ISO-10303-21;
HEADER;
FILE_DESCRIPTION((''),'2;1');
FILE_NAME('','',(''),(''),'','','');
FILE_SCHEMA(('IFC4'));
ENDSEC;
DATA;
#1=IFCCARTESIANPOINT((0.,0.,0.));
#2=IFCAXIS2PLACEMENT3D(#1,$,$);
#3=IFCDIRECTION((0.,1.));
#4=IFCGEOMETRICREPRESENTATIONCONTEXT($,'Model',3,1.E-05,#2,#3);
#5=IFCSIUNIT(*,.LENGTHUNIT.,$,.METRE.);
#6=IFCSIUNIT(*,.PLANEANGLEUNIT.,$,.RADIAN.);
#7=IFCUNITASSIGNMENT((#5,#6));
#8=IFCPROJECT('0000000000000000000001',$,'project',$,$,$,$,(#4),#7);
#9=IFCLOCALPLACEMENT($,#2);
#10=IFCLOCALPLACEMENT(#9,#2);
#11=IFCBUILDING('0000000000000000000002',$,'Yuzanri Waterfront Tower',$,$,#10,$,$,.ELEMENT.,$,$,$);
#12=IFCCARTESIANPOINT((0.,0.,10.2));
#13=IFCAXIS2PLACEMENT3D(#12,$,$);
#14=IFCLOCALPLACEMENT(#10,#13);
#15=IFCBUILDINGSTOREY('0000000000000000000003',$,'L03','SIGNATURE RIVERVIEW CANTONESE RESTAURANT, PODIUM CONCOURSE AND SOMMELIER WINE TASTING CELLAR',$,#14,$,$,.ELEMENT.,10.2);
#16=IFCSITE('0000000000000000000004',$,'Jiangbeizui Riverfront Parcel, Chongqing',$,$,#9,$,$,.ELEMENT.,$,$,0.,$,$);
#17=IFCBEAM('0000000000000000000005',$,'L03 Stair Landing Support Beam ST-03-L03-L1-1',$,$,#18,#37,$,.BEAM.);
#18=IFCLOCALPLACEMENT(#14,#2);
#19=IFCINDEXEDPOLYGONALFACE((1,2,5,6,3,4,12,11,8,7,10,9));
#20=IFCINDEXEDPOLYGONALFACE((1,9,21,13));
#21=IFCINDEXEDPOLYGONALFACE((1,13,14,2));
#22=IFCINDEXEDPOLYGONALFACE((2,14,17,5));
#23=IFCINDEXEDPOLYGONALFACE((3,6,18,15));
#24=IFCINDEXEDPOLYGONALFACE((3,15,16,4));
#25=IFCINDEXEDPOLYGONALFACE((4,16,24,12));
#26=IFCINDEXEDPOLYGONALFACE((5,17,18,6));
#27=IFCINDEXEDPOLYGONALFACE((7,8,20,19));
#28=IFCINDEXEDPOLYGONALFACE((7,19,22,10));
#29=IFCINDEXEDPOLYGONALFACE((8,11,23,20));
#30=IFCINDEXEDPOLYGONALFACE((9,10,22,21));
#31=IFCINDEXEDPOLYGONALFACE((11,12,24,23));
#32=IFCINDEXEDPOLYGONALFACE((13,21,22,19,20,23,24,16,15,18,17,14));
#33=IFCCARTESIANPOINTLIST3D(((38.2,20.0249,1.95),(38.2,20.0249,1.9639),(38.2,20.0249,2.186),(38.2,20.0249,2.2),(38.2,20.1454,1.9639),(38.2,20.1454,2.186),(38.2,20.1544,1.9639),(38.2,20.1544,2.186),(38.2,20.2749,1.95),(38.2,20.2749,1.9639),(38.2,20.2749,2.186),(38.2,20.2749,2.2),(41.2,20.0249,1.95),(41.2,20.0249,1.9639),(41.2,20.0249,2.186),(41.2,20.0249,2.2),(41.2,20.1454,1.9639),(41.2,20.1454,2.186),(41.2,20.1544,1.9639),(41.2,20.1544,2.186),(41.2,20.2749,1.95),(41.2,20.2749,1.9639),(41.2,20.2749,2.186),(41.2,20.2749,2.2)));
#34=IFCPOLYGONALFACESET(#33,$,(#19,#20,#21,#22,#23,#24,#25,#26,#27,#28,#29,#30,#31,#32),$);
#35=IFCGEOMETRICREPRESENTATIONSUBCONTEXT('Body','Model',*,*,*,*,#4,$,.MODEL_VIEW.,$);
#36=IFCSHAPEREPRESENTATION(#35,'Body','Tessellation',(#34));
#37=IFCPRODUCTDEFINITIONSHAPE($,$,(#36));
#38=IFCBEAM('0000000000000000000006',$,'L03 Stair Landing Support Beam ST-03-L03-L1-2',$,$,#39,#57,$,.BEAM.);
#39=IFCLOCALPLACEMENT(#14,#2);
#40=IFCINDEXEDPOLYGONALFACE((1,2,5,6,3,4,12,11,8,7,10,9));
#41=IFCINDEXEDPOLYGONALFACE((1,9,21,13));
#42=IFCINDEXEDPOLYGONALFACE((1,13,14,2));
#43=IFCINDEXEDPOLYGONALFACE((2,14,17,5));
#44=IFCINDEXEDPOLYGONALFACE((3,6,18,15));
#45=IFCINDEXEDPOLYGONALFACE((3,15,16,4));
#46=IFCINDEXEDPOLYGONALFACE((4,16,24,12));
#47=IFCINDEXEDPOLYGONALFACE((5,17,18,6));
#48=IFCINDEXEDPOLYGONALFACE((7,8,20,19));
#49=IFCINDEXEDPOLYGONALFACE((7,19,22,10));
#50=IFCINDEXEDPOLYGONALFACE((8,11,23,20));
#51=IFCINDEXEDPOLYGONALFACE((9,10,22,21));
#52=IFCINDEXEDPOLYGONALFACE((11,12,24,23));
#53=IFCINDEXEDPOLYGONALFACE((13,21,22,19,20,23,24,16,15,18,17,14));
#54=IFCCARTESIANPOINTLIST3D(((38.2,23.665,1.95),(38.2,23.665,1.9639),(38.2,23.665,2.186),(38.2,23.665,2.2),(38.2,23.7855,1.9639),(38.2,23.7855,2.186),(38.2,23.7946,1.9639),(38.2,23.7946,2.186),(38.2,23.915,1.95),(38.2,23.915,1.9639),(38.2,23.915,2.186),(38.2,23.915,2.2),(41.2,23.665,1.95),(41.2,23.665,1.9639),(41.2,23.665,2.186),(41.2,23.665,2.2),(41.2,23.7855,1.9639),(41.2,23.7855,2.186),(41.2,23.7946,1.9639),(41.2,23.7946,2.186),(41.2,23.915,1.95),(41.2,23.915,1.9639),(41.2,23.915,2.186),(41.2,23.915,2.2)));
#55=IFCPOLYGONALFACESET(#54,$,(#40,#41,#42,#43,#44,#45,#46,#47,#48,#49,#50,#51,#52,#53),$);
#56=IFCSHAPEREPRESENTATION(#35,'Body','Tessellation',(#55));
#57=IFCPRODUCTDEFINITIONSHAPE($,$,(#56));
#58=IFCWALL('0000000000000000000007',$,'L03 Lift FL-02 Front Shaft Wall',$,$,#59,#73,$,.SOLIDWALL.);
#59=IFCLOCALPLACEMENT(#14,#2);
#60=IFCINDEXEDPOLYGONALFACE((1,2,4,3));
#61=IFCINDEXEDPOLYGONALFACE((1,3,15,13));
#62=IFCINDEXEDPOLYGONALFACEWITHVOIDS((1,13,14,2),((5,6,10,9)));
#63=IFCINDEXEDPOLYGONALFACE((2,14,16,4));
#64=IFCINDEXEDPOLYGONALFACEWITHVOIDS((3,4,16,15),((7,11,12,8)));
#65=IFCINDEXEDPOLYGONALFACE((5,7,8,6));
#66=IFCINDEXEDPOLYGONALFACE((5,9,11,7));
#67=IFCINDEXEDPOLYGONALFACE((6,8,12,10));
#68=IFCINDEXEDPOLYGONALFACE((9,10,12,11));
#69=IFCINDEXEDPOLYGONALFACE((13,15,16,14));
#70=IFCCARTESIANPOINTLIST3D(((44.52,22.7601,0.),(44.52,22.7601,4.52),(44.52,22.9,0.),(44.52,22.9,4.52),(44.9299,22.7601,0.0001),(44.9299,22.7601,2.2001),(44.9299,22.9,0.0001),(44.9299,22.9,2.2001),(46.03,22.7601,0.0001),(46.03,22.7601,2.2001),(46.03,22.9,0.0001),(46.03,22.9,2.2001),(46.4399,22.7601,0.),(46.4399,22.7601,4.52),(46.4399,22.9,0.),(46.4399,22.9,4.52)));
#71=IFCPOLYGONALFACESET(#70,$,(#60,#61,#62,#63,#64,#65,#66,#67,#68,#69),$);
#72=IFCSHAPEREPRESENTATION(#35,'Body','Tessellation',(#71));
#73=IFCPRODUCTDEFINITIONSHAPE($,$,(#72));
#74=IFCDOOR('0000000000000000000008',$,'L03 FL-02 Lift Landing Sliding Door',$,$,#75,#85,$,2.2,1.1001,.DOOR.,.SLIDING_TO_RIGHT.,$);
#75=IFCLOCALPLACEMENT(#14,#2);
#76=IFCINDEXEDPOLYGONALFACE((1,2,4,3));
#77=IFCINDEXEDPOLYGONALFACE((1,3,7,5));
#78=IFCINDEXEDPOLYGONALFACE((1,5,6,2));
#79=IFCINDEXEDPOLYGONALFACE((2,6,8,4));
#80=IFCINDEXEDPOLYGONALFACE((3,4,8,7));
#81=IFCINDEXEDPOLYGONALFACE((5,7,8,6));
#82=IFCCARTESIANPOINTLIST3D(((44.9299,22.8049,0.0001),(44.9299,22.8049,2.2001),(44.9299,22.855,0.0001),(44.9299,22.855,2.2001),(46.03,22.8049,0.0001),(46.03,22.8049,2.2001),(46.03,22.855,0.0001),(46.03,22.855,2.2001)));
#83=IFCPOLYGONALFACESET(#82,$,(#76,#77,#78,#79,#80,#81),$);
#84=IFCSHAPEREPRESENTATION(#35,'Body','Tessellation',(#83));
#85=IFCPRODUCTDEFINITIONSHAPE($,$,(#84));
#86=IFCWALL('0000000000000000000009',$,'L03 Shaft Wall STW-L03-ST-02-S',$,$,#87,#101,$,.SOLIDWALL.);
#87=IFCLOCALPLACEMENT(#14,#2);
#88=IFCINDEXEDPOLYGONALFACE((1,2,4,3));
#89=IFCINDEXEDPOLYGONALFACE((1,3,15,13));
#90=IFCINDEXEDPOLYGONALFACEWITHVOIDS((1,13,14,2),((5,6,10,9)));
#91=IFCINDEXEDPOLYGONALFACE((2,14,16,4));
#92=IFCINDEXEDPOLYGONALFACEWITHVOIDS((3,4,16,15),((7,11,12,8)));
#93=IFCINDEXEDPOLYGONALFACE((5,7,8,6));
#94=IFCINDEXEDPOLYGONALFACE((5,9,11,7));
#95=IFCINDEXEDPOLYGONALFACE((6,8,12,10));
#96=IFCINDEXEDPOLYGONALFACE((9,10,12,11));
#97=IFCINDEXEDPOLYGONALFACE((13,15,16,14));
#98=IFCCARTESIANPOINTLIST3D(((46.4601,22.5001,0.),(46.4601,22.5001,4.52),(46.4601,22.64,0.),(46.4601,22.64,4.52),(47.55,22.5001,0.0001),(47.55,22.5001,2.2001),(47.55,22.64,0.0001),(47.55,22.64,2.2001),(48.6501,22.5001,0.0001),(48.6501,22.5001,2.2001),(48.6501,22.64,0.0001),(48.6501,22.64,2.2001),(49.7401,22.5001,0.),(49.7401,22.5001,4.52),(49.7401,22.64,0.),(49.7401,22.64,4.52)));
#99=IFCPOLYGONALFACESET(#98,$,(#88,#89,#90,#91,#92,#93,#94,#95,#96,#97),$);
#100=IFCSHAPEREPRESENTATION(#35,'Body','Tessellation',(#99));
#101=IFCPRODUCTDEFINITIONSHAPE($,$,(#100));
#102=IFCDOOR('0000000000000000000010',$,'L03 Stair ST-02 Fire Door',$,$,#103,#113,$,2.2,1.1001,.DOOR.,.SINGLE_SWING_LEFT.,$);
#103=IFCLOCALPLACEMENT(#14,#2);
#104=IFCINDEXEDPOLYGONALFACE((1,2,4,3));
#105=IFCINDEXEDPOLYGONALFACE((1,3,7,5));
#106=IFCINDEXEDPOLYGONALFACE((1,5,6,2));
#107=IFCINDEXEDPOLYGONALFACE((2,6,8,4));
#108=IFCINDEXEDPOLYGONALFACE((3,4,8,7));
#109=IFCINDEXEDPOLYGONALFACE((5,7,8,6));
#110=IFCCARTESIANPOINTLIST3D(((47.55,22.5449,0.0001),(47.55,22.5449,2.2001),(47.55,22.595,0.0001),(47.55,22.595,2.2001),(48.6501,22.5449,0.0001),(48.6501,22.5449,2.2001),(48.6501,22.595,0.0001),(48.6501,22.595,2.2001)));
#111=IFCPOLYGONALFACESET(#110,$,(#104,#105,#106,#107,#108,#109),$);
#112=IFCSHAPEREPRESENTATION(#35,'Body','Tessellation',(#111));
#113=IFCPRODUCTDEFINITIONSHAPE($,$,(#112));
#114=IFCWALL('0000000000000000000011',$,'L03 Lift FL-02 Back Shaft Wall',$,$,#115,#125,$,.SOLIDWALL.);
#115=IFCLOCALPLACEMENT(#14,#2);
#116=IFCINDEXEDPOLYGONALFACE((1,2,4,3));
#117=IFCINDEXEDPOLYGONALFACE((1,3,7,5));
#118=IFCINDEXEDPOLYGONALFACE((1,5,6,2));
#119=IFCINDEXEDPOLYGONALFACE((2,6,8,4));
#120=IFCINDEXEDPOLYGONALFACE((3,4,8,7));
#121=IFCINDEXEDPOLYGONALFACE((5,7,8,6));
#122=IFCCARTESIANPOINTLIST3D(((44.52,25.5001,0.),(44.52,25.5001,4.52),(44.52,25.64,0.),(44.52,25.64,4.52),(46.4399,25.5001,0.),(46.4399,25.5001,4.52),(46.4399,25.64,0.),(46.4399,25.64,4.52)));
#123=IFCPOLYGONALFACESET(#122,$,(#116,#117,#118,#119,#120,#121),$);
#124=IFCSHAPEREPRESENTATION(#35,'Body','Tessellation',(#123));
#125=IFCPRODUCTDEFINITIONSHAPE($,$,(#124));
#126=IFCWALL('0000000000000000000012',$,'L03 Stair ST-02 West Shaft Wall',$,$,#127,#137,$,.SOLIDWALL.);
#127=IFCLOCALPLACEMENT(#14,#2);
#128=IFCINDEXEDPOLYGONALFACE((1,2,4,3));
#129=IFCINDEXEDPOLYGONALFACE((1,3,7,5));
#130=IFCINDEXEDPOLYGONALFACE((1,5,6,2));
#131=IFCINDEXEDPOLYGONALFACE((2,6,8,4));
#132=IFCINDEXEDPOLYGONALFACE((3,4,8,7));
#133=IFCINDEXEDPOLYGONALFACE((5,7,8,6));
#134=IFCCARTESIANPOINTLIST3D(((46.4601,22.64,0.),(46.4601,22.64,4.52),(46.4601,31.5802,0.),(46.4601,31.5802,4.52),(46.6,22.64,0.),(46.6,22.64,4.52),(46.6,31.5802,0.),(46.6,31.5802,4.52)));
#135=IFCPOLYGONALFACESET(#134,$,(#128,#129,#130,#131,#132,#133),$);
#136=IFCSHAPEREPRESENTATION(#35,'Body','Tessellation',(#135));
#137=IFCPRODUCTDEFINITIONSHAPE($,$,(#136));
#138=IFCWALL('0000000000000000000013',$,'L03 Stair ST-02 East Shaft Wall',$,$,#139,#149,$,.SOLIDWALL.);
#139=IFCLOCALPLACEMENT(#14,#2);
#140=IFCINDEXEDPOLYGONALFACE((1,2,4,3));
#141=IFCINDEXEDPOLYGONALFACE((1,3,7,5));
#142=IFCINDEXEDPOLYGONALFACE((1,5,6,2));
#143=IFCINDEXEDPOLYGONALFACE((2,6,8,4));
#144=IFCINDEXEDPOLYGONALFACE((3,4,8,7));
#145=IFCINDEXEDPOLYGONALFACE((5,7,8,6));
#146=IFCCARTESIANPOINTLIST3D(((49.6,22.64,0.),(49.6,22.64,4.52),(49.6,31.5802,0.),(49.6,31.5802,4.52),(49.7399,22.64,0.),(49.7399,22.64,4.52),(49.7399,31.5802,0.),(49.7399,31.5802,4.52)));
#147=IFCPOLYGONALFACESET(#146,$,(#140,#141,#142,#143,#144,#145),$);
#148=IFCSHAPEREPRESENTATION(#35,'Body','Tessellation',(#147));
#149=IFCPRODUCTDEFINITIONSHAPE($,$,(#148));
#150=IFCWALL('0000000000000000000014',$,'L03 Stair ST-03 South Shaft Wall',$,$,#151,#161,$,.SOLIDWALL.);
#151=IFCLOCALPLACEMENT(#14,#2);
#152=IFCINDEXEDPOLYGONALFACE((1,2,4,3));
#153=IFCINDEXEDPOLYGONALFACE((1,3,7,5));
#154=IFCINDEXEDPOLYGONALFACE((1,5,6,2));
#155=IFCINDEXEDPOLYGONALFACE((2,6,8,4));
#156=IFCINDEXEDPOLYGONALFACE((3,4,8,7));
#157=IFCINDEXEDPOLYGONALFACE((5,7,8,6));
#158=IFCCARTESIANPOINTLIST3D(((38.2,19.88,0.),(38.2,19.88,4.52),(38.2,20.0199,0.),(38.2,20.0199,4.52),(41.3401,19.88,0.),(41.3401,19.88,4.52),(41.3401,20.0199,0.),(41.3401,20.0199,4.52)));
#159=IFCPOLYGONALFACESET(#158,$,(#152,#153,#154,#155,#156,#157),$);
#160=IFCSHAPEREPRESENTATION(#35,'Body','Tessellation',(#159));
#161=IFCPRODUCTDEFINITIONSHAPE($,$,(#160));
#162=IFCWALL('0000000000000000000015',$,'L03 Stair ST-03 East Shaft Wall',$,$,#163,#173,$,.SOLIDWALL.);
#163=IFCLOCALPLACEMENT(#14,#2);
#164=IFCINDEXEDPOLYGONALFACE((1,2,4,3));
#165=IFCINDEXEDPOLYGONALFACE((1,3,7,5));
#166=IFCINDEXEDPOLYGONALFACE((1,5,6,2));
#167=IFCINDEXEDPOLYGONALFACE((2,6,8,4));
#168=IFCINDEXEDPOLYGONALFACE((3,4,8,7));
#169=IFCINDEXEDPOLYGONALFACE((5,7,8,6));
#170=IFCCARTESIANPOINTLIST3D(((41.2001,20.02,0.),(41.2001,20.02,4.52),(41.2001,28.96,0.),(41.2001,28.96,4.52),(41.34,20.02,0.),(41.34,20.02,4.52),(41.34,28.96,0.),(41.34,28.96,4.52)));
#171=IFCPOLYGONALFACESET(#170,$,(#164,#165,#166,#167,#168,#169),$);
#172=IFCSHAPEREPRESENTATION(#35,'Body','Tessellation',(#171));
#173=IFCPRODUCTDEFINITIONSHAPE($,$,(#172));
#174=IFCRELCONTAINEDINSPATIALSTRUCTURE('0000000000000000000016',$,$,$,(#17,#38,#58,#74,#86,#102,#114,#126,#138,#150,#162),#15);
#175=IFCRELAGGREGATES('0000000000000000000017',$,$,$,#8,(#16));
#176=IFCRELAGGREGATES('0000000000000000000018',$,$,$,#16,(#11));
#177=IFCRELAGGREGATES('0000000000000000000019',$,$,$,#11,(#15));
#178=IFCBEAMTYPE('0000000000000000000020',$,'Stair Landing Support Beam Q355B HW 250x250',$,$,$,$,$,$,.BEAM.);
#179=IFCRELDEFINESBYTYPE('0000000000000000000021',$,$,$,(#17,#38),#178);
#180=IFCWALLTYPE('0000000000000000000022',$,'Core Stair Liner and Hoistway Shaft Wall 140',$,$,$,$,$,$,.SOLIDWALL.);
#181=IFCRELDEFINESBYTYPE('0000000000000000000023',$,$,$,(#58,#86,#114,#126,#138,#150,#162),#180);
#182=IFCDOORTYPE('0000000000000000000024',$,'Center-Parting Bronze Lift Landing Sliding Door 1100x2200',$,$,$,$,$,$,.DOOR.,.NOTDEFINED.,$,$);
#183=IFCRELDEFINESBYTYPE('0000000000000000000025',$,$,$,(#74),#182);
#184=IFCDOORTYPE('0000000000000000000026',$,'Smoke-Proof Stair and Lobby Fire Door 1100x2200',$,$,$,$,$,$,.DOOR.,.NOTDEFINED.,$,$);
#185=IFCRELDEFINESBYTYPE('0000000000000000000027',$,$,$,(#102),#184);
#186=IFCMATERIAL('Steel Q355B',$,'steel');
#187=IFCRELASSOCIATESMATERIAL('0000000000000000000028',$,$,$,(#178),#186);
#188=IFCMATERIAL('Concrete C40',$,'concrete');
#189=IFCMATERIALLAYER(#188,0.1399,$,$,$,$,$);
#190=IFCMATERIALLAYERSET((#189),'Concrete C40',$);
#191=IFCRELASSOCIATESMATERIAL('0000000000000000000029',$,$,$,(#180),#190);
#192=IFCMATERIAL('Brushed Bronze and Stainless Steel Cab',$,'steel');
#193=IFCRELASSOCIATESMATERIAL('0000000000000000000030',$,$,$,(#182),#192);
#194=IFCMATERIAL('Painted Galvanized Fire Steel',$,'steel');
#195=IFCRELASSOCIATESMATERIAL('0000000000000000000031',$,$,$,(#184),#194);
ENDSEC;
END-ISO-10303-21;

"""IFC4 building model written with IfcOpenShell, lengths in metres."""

from ifc_helpers import new_model, si_unit, direction, frame, frame_2d, origin, origin_2d, place, context, subcontext, project, spatial, rectangle, i_section, extrude, source, transform, mapped, material, layer, layer_set, material_profile, profile_set, type_object, element, fill, save


model = new_model("IFC4")

# Units and contexts
model_context = context("Model", 3, precision=1e-05, world=origin(), true_north=direction((0.0, 1.0)))
body_context = subcontext(model_context, "Body", "Model", "MODEL_VIEW")
ifc_project = project(units=[si_unit("LENGTHUNIT", "METRE"), si_unit("PLANEANGLEUNIT", "RADIAN")], contexts=[model_context])

# Site, building, storey
site_placement = place(None, origin())
site = spatial("IfcSite", under=ifc_project, at=site_placement, Name="Jiangbeizui Riverfront Parcel, Chongqing", CompositionType="ELEMENT", RefElevation=0.0)
building_placement = place(site_placement, origin())
building = spatial("IfcBuilding", under=site, at=building_placement, Name="Yuzanri Waterfront Tower", CompositionType="ELEMENT")
storey_placement = place(building_placement, frame((0.0, 0.0, 10.2)))
storey = spatial("IfcBuildingStorey", under=building, at=storey_placement, Name="L03", Description="SIGNATURE RIVERVIEW CANTONESE RESTAURANT, PODIUM CONCOURSE AND SOMMELIER WINE TASTING CELLAR", CompositionType="ELEMENT", Elevation=10.2)

# Beams
ifc_material_1 = material(Name="Steel Q355B", Category="steel")
ifc_material_profile = material_profile(ifc_material_1, i_section(OverallWidth=0.25, OverallDepth=0.25, WebThickness=0.009, FlangeThickness=0.0139, at=origin_2d()), Name="HW 250x250x9x14")
ifc_profile_set = profile_set([ifc_material_profile], Name="Steel Q355B")
beam_type = type_object("IfcBeamType", Name="Stair Landing Support Beam Q355B HW 250x250", PredefinedType="BEAM", material=ifc_profile_set)
shared_shape_1 = source(origin(), body_context, "Body", "SweptSolid", [
    extrude(i_section(OverallWidth=0.25, OverallDepth=0.25, WebThickness=0.009, FlangeThickness=0.0139, at=origin_2d()), origin(), (0.0, 0.0, 1.0), 3.0),
])
for number, where, z_axis, x_axis, name in (
    (1, (38.2, 20.1499, 2.075), (1.0, 0.0, 0.0), (0.0, 1.0, 0.0), "L03 Stair Landing Support Beam ST-03-L03-L1-1"),
    (2, (38.2, 23.79, 2.075), (1.0, 0.0, 0.0), (0.0, 1.0, 0.0), "L03 Stair Landing Support Beam ST-03-L03-L1-2"),
):
    element("IfcBeam", number, at=place(storey_placement, frame(where, z_axis=z_axis, x_axis=x_axis)), inside=storey, type_object=beam_type, Name=name, PredefinedType="BEAM", context=body_context, shape_type="MappedRepresentation", body=[
        mapped(shared_shape_1, transform((0.0, 0.0, 0.0), scale=1.0)),
    ])

# Walls, openings, doors
ifc_material_2 = material(Name="Concrete C40", Category="concrete")
ifc_layer_1 = layer(ifc_material_2, 0.1399)
ifc_layer_set_1 = layer_set([ifc_layer_1], Name="Concrete C40")
wall_type_1 = type_object("IfcWallType", Name="Core Stair Liner and Hoistway Shaft Wall 140", PredefinedType="SOLIDWALL", material=ifc_layer_set_1)
wall_1_placement = place(storey_placement, frame((44.52, 22.8301, 0.0), z_axis=(0.0, 0.0, 1.0), x_axis=(1.0, 0.0, 0.0)))
wall_1 = element("IfcWall", 3, at=wall_1_placement, inside=storey, type_object=wall_type_1, Name="L03 Lift FL-02 Front Shaft Wall", PredefinedType="SOLIDWALL", context=body_context, shape_type="SweptSolid", body=[
    extrude(rectangle(XDim=1.9199, YDim=0.1399, at=frame_2d((0.96, 0.0))), origin(), (0.0, 0.0, 1.0), 4.52),
])
opening_1_placement = place(wall_1_placement, frame((0.4099, 0.0, 0.0)))
opening_1 = element("IfcOpeningElement", 4, at=opening_1_placement, cuts=wall_1, PredefinedType="OPENING", context=body_context, shape_type="SweptSolid", body=[
    extrude(rectangle(XDim=1.1001, YDim=2.2, at=frame_2d((0.55, 1.1001))), frame((0.0, 0.085, 0.0), z_axis=(0.0, -1.0, 0.0), x_axis=(1.0, 0.0, 0.0)), (0.0, 0.0, 1.0), 0.1697),
])
ifc_material_3 = material(Name="Brushed Bronze and Stainless Steel Cab", Category="steel")
door_type_1 = type_object("IfcDoorType", Name="Center-Parting Bronze Lift Landing Sliding Door 1100x2200", OperationType="NOTDEFINED", PredefinedType="DOOR", material=ifc_material_3)
shared_shape_2 = source(origin(), body_context, "Body", "SweptSolid", [
    extrude(rectangle(XDim=1.1001, YDim=2.2, at=frame_2d((0.55, 1.1001))), frame((0.0, 0.0249, 0.0), z_axis=(0.0, -1.0, 0.0), x_axis=(1.0, 0.0, 0.0)), (0.0, 0.0, 1.0), 0.05),
])
door_1_placement = place(opening_1_placement, origin())
door_1 = element("IfcDoor", 5, at=door_1_placement, inside=storey, type_object=door_type_1, Name="L03 FL-02 Lift Landing Sliding Door", OperationType="SLIDING_TO_RIGHT", OverallHeight=2.2, OverallWidth=1.1001, PredefinedType="DOOR", context=body_context, shape_type="MappedRepresentation", body=[
    mapped(shared_shape_2, transform((0.0, 0.0, 0.0), scale=1.0)),
])
fill(opening_1, door_1)
wall_2_placement = place(storey_placement, frame((46.46, 22.5701, 0.0), z_axis=(0.0, 0.0, 1.0), x_axis=(1.0, 0.0, 0.0)))
wall_2 = element("IfcWall", 6, at=wall_2_placement, inside=storey, type_object=wall_type_1, Name="L03 Shaft Wall STW-L03-ST-02-S", PredefinedType="SOLIDWALL", context=body_context, shape_type="SweptSolid", body=[
    extrude(rectangle(XDim=3.28, YDim=0.1399, at=frame_2d((1.6401, 0.0))), origin(), (0.0, 0.0, 1.0), 4.52),
])
opening_2_placement = place(wall_2_placement, frame((1.0901, 0.0, 0.0)))
opening_2 = element("IfcOpeningElement", 7, at=opening_2_placement, cuts=wall_2, PredefinedType="OPENING", context=body_context, shape_type="SweptSolid", body=[
    extrude(rectangle(XDim=1.1001, YDim=2.2, at=frame_2d((0.55, 1.1001))), frame((0.0, 0.085, 0.0), z_axis=(0.0, -1.0, 0.0), x_axis=(1.0, 0.0, 0.0)), (0.0, 0.0, 1.0), 0.1697),
])
ifc_material_4 = material(Name="Painted Galvanized Fire Steel", Category="steel")
door_type_2 = type_object("IfcDoorType", Name="Smoke-Proof Stair and Lobby Fire Door 1100x2200", OperationType="NOTDEFINED", PredefinedType="DOOR", material=ifc_material_4)
shared_shape_3 = source(origin(), body_context, "Body", "SweptSolid", [
    extrude(rectangle(XDim=1.1001, YDim=2.2, at=frame_2d((0.55, 1.1001))), frame((0.0, 0.0249, 0.0), z_axis=(0.0, -1.0, 0.0), x_axis=(1.0, 0.0, 0.0)), (0.0, 0.0, 1.0), 0.05),
])
door_2_placement = place(opening_2_placement, origin())
door_2 = element("IfcDoor", 8, at=door_2_placement, inside=storey, type_object=door_type_2, Name="L03 Stair ST-02 Fire Door", OperationType="SINGLE_SWING_LEFT", OverallHeight=2.2, OverallWidth=1.1001, PredefinedType="DOOR", context=body_context, shape_type="MappedRepresentation", body=[
    mapped(shared_shape_3, transform((0.0, 0.0, 0.0), scale=1.0)),
])
fill(opening_2, door_2)

# Walls
shared_shape_4 = source(origin(), body_context, "Body", "SweptSolid", [
    extrude(rectangle(XDim=1.9199, YDim=0.1399, at=frame_2d((0.96, 0.0))), origin(), (0.0, 0.0, 1.0), 4.52),
])
wall_3_placement = place(storey_placement, frame((44.52, 25.5701, 0.0), z_axis=(0.0, 0.0, 1.0), x_axis=(1.0, 0.0, 0.0)))
element("IfcWall", 9, at=wall_3_placement, inside=storey, type_object=wall_type_1, Name="L03 Lift FL-02 Back Shaft Wall", PredefinedType="SOLIDWALL", context=body_context, shape_type="MappedRepresentation", body=[
    mapped(shared_shape_4, transform((0.0, 0.0, 0.0), scale=1.0)),
])
shared_shape_5 = source(origin(), body_context, "Body", "SweptSolid", [
    extrude(rectangle(XDim=8.9402, YDim=0.1399, at=frame_2d((4.4702, 0.0))), origin(), (0.0, 0.0, 1.0), 4.52),
])
for number, where, z_axis, x_axis, name in (
    (10, (46.53, 22.6399, 0.0), (0.0, 0.0, 1.0), (0.0, 1.0, 0.0), "L03 Stair ST-02 West Shaft Wall"),
    (11, (49.6699, 22.6399, 0.0), (0.0, 0.0, 1.0), (0.0, 1.0, 0.0), "L03 Stair ST-02 East Shaft Wall"),
):
    element("IfcWall", number, at=place(storey_placement, frame(where, z_axis=z_axis, x_axis=x_axis)), inside=storey, type_object=wall_type_1, Name=name, PredefinedType="SOLIDWALL", context=body_context, shape_type="MappedRepresentation", body=[
        mapped(shared_shape_5, transform((0.0, 0.0, 0.0), scale=1.0)),
    ])
shared_shape_6 = source(origin(), body_context, "Body", "SweptSolid", [
    extrude(rectangle(XDim=3.1401, YDim=0.1399, at=frame_2d((1.5701, 0.0))), origin(), (0.0, 0.0, 1.0), 4.52),
])
wall_4_placement = place(storey_placement, frame((38.2, 19.95, 0.0), z_axis=(0.0, 0.0, 1.0), x_axis=(1.0, 0.0, 0.0)))
element("IfcWall", 12, at=wall_4_placement, inside=storey, type_object=wall_type_1, Name="L03 Stair ST-03 South Shaft Wall", PredefinedType="SOLIDWALL", context=body_context, shape_type="MappedRepresentation", body=[
    mapped(shared_shape_6, transform((0.0, 0.0, 0.0), scale=1.0)),
])
shared_shape_7 = source(origin(), body_context, "Body", "SweptSolid", [
    extrude(rectangle(XDim=8.9399, YDim=0.1399, at=frame_2d((4.47, 0.0))), origin(), (0.0, 0.0, 1.0), 4.52),
])
wall_5_placement = place(storey_placement, frame((41.27, 20.02, 0.0), z_axis=(0.0, 0.0, 1.0), x_axis=(0.0, 1.0, 0.0)))
element("IfcWall", 13, at=wall_5_placement, inside=storey, type_object=wall_type_1, Name="L03 Stair ST-03 East Shaft Wall", PredefinedType="SOLIDWALL", context=body_context, shape_type="MappedRepresentation", body=[
    mapped(shared_shape_7, transform((0.0, 0.0, 0.0), scale=1.0)),
])

save(model, "model.ifc")
